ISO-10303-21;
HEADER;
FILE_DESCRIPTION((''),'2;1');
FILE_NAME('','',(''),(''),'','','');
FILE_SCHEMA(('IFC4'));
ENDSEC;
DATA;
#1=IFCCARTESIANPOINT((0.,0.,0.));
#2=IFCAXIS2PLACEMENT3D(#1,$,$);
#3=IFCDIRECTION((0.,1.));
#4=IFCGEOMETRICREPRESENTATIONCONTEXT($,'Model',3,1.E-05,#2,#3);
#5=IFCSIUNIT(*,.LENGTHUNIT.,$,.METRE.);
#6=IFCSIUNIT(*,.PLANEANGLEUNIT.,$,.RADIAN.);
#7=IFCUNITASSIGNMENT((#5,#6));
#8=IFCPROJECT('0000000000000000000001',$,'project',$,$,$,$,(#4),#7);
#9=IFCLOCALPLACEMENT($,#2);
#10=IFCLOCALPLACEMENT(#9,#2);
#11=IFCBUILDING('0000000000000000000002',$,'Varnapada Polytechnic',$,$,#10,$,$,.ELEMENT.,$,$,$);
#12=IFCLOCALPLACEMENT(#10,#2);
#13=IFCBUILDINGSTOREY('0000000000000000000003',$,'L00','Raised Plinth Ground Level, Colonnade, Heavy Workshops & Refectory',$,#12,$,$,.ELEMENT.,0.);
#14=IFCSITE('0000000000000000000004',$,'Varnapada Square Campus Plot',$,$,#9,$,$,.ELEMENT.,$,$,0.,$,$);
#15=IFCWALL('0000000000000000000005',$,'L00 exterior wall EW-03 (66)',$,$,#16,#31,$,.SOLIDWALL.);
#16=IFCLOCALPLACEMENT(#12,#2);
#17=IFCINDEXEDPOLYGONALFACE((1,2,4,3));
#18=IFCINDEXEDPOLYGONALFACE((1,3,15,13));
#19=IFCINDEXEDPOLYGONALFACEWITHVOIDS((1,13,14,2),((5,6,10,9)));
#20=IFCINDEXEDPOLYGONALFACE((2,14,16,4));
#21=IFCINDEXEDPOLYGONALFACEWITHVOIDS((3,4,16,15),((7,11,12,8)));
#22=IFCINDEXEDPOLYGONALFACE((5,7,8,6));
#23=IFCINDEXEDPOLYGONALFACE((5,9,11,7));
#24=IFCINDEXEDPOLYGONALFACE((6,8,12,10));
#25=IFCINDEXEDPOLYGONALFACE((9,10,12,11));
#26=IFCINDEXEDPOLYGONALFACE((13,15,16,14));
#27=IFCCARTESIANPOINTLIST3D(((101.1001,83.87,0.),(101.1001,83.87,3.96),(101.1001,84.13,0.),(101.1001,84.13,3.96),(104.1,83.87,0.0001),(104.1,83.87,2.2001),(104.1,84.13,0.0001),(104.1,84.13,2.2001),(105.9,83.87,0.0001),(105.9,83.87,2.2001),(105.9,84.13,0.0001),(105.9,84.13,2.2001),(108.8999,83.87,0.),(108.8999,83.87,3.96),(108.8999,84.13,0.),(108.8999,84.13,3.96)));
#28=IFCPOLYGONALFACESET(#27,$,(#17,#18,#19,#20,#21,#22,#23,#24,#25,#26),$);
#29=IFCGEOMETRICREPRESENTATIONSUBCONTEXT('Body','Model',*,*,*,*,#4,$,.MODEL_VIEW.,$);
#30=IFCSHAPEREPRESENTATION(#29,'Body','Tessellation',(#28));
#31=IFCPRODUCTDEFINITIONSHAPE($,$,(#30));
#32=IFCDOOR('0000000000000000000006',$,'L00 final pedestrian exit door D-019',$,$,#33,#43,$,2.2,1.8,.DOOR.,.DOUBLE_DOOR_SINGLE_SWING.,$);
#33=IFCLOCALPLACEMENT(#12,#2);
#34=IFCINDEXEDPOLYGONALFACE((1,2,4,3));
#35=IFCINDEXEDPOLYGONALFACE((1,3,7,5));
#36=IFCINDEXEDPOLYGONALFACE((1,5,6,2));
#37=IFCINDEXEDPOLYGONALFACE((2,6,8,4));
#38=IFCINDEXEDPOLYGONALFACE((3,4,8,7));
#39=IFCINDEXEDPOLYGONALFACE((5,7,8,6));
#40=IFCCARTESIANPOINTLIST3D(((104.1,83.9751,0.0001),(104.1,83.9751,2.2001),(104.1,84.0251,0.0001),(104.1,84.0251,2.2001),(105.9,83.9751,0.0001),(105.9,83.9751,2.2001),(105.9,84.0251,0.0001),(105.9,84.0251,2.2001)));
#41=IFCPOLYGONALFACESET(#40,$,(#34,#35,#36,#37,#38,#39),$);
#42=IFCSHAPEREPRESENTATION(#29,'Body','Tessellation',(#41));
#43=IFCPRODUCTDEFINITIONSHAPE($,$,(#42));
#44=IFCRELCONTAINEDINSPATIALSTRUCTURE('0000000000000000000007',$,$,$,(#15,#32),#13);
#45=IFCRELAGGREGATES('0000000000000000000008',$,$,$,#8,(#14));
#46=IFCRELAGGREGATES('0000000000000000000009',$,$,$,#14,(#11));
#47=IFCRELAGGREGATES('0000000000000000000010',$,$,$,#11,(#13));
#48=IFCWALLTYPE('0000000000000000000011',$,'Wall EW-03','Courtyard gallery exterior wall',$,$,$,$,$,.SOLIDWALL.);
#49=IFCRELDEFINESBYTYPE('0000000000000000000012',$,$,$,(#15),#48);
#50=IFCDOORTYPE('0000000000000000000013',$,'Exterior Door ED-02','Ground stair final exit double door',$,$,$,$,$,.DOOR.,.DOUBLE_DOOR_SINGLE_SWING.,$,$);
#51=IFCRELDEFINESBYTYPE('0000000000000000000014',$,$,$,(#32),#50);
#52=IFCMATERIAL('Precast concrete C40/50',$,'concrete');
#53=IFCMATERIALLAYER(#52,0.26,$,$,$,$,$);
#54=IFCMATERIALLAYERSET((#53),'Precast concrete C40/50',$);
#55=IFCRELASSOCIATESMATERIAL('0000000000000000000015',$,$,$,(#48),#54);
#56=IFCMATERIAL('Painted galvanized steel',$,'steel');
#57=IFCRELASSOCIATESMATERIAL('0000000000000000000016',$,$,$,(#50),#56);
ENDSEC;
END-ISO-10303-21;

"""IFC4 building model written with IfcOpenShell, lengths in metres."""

from ifc_helpers import new_model, si_unit, direction, frame, frame_2d, origin, place, context, subcontext, project, spatial, rectangle, extrude, material, layer, layer_set, type_object, element, fill, save


model = new_model("IFC4")

# Units and contexts
model_context = context("Model", 3, precision=1e-05, world=origin(), true_north=direction((0.0, 1.0)))
body_context = subcontext(model_context, "Body", "Model", "MODEL_VIEW")
ifc_project = project(units=[si_unit("LENGTHUNIT", "METRE"), si_unit("PLANEANGLEUNIT", "RADIAN")], contexts=[model_context])

# Site, building, storey
site_placement = place(None, origin())
site = spatial("IfcSite", under=ifc_project, at=site_placement, Name="Varnapada Square Campus Plot", CompositionType="ELEMENT", RefElevation=0.0)
building_placement = place(site_placement, origin())
building = spatial("IfcBuilding", under=site, at=building_placement, Name="Varnapada Polytechnic", CompositionType="ELEMENT")
storey_placement = place(building_placement, origin())
storey = spatial("IfcBuildingStorey", under=building, at=storey_placement, Name="L00", Description="Raised Plinth Ground Level, Colonnade, Heavy Workshops & Refectory", CompositionType="ELEMENT", Elevation=0.0)

# Wall, opening, door
ifc_material_1 = material(Name="Precast concrete C40/50", Category="concrete")
ifc_layer_1 = layer(ifc_material_1, 0.26)
ifc_layer_set_1 = layer_set([ifc_layer_1], Name="Precast concrete C40/50")
wall_type = type_object("IfcWallType", Name="Wall EW-03", Description="Courtyard gallery exterior wall", PredefinedType="SOLIDWALL", material=ifc_layer_set_1)
wall_placement = place(storey_placement, frame((108.8999, 84.0, 0.0), z_axis=(0.0, 0.0, 1.0), x_axis=(-1.0, 0.0, 0.0)))
wall = element("IfcWall", 1, at=wall_placement, inside=storey, type_object=wall_type, Name="L00 exterior wall EW-03 (66)", PredefinedType="SOLIDWALL", context=body_context, shape_type="SweptSolid", body=[
    extrude(rectangle(XDim=7.7998, YDim=0.26, at=frame_2d((3.8999, 0.0))), origin(), (0.0, 0.0, 1.0), 3.96),
])
opening_1_placement = place(wall_placement, frame((3.0, 0.0, 0.0)))
opening_1 = element("IfcOpeningElement", 2, at=opening_1_placement, cuts=wall, PredefinedType="OPENING", context=body_context, shape_type="SweptSolid", body=[
    extrude(rectangle(XDim=1.8, YDim=2.2, at=frame_2d((0.8999, 1.1001))), frame((0.0, 0.1399, 0.0), z_axis=(0.0, -1.0, 0.0), x_axis=(1.0, 0.0, 0.0)), (0.0, 0.0, 1.0), 0.28),
])
ifc_material_2 = material(Name="Painted galvanized steel", Category="steel")
door_type = type_object("IfcDoorType", Name="Exterior Door ED-02", Description="Ground stair final exit double door", OperationType="DOUBLE_DOOR_SINGLE_SWING", PredefinedType="DOOR", material=ifc_material_2)
door_placement = place(opening_1_placement, origin())
door = element("IfcDoor", 3, at=door_placement, inside=storey, type_object=door_type, Name="L00 final pedestrian exit door D-019", OperationType="DOUBLE_DOOR_SINGLE_SWING", OverallHeight=2.2, OverallWidth=1.8, PredefinedType="DOOR", context=body_context, shape_type="SweptSolid", body=[
    extrude(rectangle(XDim=1.8, YDim=2.2, at=frame_2d((0.8999, 1.1001))), frame((0.0, 0.0249, 0.0), z_axis=(0.0, -1.0, 0.0), x_axis=(1.0, 0.0, 0.0)), (0.0, 0.0, 1.0), 0.05),
])
fill(opening_1, door)

save(model, "model.ifc")
